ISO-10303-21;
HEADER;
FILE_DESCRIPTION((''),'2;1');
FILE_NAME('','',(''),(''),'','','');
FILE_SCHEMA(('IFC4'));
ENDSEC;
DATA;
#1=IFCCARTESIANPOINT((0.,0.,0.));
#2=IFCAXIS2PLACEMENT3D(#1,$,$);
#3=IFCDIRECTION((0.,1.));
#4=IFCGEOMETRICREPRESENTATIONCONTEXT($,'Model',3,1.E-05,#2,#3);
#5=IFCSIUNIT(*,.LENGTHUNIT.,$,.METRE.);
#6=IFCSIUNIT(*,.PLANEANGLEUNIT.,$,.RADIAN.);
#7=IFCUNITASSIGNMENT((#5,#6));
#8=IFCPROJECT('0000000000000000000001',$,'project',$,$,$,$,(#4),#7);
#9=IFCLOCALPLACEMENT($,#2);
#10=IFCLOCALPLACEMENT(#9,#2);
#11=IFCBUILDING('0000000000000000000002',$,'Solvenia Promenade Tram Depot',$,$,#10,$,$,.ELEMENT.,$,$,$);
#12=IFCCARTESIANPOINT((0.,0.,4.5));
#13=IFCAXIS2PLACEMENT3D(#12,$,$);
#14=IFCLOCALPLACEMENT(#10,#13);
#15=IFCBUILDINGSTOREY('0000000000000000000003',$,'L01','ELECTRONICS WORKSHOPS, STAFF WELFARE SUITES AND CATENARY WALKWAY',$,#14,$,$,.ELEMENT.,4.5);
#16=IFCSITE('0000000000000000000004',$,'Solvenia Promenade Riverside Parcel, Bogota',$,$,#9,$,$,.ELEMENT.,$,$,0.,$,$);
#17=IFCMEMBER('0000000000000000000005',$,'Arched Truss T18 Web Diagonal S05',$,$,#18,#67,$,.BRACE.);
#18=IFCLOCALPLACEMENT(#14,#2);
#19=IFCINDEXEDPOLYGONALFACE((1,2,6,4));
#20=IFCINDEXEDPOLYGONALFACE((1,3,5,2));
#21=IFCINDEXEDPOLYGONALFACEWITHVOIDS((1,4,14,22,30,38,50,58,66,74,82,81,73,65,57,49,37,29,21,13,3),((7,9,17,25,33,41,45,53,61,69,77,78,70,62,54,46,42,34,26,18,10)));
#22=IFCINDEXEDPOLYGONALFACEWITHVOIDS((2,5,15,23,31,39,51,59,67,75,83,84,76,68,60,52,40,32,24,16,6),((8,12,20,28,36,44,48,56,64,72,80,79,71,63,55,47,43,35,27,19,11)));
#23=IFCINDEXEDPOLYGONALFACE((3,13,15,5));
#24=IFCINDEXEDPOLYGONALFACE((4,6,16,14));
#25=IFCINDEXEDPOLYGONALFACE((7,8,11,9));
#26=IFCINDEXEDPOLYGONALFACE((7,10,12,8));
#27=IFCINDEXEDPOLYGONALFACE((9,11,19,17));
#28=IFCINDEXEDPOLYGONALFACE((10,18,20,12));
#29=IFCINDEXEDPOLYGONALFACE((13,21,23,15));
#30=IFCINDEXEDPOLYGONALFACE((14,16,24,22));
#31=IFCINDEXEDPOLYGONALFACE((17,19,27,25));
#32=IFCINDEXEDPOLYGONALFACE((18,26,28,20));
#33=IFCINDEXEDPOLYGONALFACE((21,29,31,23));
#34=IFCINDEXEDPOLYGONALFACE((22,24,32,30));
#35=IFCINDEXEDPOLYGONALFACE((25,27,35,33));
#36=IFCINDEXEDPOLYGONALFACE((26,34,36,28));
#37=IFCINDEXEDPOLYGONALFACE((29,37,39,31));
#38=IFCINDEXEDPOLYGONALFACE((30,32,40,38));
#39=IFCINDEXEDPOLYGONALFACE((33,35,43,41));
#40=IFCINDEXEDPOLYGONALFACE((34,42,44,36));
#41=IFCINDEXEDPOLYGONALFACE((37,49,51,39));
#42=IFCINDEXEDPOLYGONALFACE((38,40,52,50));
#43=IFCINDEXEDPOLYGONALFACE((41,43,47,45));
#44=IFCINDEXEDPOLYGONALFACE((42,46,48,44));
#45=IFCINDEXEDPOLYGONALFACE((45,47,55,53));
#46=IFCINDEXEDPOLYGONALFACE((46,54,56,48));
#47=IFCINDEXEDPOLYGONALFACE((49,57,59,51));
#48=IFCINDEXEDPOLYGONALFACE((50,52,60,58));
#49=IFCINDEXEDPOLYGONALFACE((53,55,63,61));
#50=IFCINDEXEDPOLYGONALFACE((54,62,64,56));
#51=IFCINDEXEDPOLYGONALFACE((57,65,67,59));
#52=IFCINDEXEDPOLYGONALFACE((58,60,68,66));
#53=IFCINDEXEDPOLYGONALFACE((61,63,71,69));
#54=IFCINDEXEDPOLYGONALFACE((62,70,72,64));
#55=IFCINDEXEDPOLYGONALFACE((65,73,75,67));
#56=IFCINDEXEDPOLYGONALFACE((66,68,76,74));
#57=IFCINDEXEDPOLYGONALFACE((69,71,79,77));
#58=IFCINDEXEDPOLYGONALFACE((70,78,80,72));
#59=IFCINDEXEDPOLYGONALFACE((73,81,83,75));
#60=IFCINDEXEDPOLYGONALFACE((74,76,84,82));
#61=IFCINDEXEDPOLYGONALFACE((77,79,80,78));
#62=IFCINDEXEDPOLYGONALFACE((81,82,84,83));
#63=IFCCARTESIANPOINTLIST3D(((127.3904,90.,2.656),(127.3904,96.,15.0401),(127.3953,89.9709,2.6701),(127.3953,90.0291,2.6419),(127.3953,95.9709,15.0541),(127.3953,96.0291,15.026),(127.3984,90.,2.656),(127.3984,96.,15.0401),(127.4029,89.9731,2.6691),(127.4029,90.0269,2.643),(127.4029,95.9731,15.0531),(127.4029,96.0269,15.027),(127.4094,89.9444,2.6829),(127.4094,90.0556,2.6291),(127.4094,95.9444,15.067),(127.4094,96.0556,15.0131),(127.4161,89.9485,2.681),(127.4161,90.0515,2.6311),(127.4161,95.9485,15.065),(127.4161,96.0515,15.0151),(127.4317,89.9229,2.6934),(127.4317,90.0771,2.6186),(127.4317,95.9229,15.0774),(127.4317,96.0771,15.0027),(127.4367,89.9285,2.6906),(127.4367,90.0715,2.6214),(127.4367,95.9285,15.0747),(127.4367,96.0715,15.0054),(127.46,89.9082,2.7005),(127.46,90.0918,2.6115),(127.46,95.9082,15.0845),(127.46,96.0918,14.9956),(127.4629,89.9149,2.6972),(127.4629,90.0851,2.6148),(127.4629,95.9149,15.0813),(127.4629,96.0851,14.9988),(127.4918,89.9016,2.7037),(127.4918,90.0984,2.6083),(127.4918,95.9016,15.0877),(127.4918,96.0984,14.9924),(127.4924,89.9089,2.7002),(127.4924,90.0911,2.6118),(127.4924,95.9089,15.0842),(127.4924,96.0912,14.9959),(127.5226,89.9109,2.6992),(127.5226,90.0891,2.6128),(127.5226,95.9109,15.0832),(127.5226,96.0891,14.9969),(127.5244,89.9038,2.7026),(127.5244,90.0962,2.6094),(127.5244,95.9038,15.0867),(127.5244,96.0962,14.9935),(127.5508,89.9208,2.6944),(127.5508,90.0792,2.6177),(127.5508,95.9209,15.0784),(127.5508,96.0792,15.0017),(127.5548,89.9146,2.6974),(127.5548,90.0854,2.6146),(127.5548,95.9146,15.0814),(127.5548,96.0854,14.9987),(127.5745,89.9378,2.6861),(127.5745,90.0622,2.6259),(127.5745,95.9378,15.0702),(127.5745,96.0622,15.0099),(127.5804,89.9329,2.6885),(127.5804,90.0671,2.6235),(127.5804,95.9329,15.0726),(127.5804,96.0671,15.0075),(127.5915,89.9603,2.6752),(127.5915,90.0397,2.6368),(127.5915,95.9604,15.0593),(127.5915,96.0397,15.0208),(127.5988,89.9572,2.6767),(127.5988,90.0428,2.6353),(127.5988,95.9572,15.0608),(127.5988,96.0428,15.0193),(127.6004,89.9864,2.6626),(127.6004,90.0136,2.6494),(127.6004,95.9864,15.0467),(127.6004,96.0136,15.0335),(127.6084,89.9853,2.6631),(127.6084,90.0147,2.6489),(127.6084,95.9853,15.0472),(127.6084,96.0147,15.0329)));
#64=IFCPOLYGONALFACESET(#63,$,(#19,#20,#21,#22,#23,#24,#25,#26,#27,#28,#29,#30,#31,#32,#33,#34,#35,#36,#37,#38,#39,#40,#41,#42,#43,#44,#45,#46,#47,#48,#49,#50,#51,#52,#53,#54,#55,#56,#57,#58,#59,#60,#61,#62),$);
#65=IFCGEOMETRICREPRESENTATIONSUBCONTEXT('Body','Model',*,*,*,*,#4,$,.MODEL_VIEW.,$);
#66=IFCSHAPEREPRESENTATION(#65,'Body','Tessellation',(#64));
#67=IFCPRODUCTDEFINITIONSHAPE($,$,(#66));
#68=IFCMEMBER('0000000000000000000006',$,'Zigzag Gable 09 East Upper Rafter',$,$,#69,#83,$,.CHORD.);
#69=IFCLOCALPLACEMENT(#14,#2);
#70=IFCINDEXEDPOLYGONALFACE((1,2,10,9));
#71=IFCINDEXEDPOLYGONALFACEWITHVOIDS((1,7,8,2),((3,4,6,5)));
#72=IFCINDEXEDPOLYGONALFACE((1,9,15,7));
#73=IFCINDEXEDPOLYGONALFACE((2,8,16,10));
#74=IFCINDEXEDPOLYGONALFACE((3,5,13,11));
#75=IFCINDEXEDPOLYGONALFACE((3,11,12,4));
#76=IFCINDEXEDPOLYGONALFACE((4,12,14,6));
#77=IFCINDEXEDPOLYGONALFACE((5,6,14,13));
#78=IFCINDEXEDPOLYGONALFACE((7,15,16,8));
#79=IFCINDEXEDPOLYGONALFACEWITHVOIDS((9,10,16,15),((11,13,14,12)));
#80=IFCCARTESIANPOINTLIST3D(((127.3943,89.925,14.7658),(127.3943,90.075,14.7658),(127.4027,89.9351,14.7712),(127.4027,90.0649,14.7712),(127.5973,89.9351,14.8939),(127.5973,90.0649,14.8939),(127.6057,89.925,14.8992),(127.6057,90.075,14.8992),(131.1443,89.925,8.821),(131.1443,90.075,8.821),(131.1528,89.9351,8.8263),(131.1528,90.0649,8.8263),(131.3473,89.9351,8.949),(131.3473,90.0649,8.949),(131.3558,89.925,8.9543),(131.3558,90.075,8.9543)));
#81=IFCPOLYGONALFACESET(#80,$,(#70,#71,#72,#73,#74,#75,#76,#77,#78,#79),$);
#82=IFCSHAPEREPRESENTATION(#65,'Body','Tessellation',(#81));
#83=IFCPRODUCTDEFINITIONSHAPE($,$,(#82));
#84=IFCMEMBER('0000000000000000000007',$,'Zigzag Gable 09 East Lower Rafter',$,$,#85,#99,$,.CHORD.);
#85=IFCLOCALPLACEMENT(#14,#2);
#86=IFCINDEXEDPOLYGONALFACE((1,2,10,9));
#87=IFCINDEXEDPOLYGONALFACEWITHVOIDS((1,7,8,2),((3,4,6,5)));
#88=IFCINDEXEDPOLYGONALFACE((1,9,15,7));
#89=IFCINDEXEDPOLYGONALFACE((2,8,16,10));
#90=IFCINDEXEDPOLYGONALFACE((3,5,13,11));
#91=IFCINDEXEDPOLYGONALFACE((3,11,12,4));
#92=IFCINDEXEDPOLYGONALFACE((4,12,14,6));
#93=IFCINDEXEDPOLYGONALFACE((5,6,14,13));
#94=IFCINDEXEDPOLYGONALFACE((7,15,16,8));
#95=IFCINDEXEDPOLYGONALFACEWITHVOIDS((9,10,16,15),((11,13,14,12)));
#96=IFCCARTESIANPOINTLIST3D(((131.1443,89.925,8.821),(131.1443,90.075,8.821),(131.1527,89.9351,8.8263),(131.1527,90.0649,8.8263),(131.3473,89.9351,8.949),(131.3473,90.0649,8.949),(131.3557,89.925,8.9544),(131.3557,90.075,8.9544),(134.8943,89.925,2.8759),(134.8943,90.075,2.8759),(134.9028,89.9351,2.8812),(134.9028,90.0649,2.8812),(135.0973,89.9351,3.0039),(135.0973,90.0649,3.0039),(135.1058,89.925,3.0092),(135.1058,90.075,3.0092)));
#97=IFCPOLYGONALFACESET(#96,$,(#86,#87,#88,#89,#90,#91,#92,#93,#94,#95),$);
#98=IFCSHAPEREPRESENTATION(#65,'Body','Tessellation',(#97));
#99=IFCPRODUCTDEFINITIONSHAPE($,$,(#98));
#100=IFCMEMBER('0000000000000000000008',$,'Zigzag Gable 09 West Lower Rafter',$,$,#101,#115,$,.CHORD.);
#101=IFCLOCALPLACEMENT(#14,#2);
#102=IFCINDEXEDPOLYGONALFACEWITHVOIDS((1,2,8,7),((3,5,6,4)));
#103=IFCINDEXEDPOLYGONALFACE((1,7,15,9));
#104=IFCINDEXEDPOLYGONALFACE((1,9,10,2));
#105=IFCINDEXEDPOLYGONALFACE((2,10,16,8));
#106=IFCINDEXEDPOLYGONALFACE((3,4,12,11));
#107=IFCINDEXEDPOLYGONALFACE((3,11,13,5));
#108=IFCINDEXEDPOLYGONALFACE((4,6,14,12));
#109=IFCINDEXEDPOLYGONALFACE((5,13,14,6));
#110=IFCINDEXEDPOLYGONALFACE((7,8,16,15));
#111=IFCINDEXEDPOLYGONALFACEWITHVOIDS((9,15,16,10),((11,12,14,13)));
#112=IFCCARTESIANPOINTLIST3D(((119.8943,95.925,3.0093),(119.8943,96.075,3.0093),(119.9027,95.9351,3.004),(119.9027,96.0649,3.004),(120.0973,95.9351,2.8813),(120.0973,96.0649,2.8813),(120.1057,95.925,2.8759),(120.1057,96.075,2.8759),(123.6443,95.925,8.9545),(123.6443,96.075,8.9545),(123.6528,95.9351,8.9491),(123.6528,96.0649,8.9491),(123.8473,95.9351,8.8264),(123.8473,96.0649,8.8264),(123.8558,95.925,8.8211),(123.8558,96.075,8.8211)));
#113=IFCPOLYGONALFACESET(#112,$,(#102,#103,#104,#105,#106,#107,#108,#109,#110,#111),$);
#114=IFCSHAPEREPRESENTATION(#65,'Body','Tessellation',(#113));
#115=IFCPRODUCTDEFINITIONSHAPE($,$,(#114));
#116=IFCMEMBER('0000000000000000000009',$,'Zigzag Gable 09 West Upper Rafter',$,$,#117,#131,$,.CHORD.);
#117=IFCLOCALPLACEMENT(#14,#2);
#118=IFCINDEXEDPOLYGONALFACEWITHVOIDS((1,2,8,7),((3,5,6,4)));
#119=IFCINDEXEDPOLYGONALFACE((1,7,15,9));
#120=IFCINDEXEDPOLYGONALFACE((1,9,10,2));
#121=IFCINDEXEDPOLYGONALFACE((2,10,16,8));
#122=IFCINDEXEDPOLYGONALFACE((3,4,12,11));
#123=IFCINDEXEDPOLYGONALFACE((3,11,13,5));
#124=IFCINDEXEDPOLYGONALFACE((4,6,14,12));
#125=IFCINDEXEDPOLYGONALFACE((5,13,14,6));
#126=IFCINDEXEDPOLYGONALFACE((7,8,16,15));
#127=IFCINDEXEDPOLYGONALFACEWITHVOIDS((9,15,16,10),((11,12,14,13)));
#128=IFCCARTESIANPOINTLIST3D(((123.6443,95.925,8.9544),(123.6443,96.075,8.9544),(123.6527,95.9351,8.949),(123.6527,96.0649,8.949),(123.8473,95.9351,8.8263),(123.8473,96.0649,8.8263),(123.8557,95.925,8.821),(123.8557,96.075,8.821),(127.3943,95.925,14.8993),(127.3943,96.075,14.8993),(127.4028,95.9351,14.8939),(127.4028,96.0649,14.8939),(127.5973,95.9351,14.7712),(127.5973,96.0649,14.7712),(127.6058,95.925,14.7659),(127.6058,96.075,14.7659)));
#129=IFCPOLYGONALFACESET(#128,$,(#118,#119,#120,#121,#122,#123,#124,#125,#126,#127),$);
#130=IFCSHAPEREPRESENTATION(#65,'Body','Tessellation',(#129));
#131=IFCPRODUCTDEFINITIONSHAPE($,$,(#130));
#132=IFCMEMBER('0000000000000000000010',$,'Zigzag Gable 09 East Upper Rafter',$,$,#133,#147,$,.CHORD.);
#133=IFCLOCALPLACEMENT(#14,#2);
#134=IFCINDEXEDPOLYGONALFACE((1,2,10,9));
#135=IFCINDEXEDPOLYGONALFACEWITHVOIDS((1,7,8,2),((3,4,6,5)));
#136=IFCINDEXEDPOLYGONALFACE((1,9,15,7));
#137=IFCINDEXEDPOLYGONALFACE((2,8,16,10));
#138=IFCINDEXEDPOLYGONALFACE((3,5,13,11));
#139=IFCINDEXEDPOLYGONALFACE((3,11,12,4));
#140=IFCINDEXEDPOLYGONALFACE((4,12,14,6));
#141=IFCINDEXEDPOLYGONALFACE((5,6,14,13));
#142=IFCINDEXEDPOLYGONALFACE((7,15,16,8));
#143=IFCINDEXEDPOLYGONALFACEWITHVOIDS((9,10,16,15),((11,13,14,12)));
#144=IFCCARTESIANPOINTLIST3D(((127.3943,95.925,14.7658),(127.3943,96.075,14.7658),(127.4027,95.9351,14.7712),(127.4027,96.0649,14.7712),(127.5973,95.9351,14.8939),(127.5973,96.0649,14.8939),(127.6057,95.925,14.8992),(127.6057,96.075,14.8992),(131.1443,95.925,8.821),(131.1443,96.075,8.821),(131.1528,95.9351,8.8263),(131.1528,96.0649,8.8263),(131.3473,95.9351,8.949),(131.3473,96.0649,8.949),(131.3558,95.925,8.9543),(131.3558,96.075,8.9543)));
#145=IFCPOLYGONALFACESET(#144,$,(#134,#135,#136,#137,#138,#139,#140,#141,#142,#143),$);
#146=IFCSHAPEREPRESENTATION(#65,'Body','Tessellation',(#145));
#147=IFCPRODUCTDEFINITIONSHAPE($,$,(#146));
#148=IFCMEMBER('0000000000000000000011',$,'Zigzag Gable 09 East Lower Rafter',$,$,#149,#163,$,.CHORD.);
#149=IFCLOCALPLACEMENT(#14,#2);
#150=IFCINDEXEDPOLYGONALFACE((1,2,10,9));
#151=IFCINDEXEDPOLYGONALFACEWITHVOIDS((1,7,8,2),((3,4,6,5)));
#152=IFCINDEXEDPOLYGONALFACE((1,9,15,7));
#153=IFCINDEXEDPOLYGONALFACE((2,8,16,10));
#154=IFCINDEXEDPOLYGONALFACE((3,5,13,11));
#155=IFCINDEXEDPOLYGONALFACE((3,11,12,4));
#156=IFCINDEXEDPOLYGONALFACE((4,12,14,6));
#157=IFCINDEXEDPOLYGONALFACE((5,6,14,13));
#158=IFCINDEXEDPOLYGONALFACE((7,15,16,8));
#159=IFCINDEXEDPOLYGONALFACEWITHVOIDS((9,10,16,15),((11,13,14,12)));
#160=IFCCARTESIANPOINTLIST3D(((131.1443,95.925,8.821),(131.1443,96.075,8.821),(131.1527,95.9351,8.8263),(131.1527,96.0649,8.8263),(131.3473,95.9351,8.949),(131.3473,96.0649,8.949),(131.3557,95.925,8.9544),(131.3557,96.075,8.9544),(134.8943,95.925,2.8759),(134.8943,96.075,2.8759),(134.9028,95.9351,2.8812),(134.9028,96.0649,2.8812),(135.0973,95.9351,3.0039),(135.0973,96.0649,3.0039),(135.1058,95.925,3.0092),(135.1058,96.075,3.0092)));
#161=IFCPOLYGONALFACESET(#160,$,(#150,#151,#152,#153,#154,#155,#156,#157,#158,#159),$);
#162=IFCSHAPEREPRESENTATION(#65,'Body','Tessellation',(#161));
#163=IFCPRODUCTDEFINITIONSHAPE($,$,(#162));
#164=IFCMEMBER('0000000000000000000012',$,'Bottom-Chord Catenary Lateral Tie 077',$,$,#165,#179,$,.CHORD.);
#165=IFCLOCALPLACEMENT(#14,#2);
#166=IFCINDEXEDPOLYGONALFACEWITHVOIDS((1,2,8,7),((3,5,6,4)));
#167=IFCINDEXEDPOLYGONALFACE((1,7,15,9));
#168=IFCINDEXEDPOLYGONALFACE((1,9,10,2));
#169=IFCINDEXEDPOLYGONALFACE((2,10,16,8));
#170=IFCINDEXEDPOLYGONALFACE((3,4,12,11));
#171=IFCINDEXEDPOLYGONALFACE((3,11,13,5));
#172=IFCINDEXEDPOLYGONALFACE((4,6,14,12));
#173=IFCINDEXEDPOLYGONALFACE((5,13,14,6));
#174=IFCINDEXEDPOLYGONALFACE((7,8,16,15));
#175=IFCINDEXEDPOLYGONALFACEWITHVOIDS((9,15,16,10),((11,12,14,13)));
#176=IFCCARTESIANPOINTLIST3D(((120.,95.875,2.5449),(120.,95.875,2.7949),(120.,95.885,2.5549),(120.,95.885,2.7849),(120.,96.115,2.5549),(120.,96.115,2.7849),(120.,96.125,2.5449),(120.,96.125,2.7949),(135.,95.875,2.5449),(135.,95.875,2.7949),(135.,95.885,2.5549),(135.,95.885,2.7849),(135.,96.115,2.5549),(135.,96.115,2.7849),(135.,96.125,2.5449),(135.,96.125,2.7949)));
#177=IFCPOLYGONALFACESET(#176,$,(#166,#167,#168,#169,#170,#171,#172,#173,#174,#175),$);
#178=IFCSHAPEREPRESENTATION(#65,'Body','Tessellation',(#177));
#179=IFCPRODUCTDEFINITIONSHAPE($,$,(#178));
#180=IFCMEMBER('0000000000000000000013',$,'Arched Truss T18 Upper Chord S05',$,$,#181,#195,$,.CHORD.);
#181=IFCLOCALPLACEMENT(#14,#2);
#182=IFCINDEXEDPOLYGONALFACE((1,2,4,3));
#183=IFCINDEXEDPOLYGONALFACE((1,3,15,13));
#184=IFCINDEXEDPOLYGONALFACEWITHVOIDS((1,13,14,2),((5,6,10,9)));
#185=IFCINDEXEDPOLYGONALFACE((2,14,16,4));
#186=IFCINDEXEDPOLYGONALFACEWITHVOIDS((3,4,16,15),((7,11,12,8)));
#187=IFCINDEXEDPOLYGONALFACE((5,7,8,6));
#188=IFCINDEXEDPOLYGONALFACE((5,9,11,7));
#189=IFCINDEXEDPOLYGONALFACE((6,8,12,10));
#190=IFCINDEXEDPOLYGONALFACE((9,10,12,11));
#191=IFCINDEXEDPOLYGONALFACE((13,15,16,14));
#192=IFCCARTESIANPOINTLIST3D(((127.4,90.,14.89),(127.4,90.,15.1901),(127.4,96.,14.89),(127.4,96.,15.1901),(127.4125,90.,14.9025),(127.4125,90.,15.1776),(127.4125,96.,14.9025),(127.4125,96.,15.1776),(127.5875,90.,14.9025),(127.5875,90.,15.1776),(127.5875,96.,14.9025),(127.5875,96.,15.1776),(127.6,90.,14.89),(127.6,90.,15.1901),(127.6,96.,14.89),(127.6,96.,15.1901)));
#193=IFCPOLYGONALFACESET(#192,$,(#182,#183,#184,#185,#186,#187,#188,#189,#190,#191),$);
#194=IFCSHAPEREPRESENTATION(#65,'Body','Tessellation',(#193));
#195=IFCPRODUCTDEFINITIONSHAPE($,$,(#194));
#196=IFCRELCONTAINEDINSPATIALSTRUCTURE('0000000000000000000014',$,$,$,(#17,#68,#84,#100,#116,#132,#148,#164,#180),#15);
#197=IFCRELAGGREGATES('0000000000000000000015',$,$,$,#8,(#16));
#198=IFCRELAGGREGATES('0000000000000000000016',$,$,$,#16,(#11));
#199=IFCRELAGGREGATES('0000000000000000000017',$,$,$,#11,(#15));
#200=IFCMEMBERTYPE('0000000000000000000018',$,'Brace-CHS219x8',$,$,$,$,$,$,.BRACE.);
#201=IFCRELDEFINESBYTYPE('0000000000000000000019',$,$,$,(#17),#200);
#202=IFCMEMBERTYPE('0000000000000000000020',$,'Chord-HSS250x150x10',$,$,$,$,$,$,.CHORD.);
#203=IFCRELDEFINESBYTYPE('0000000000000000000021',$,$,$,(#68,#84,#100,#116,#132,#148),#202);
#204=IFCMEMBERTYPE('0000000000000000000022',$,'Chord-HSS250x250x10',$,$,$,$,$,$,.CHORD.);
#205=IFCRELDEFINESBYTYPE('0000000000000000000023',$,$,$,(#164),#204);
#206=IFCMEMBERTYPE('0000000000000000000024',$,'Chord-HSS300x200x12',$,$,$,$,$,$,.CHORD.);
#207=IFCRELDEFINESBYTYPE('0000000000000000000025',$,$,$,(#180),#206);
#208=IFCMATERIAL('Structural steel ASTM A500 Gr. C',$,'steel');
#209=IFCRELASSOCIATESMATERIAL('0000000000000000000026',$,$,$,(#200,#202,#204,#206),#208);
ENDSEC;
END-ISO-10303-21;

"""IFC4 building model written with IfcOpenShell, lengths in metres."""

from ifc_helpers import new_model, si_unit, direction, frame, origin, origin_2d, place, context, subcontext, project, spatial, hollow_rectangle, hollow_circle, extrude, material, material_profile, profile_set, type_object, element, save


model = new_model("IFC4")

# Units and contexts
model_context = context("Model", 3, precision=1e-05, world=origin(), true_north=direction((0.0, 1.0)))
body_context = subcontext(model_context, "Body", "Model", "MODEL_VIEW")
ifc_project = project(units=[si_unit("LENGTHUNIT", "METRE"), si_unit("PLANEANGLEUNIT", "RADIAN")], contexts=[model_context])

# Site, building, storey
site_placement = place(None, origin())
site = spatial("IfcSite", under=ifc_project, at=site_placement, Name="Solvenia Promenade Riverside Parcel, Bogota", CompositionType="ELEMENT", RefElevation=0.0)
building_placement = place(site_placement, origin())
building = spatial("IfcBuilding", under=site, at=building_placement, Name="Solvenia Promenade Tram Depot", CompositionType="ELEMENT")
storey_placement = place(building_placement, frame((0.0, 0.0, 4.5)))
storey = spatial("IfcBuildingStorey", under=building, at=storey_placement, Name="L01", Description="ELECTRONICS WORKSHOPS, STAFF WELFARE SUITES AND CATENARY WALKWAY", CompositionType="ELEMENT", Elevation=4.5)

# Members
ifc_material_1 = material(Name="Structural steel ASTM A500 Gr. C", Category="steel")
ifc_material_profile_1 = material_profile(ifc_material_1, hollow_circle(Radius=0.1096, WallThickness=0.0081, at=origin_2d()), Name="CHS219.1x8", Category="steel")
ifc_profile_set_1 = profile_set([ifc_material_profile_1], Name="Structural steel ASTM A500 Gr. C")
member_type_1 = type_object("IfcMemberType", Name="Brace-CHS219x8", PredefinedType="BRACE", material=ifc_profile_set_1)
member_1_placement = place(storey_placement, frame((127.5, 90.0, 2.656), z_axis=(0.0, 0.436016, 0.899939), x_axis=(-1.0, 0.0, 0.0)))
element("IfcMember", 1, at=member_1_placement, inside=storey, type_object=member_type_1, Name="Arched Truss T18 Web Diagonal S05", PredefinedType="BRACE", context=body_context, shape_type="SweptSolid", body=[
    extrude(hollow_circle(Radius=0.1096, WallThickness=0.0081, at=origin_2d()), origin(), (0.0, 0.0, 1.0), 13.761),
])
ifc_material_profile_2 = material_profile(ifc_material_1, hollow_rectangle(XDim=0.1499, YDim=0.25, WallThickness=0.01, at=origin_2d()), Name="HSS250x150x10", Category="steel")
ifc_profile_set_2 = profile_set([ifc_material_profile_2], Name="Structural steel ASTM A500 Gr. C")
member_type_2 = type_object("IfcMemberType", Name="Chord-HSS250x150x10", PredefinedType="CHORD", material=ifc_profile_set_2)
member_2_placement = place(storey_placement, frame((127.5, 90.0, 14.8325), z_axis=(0.533522, 0.0, -0.845786), x_axis=(0.0, 1.0, 0.0)))
element("IfcMember", 2, at=member_2_placement, inside=storey, type_object=member_type_2, Name="Zigzag Gable 09 East Upper Rafter", PredefinedType="CHORD", context=body_context, shape_type="SweptSolid", body=[
    extrude(hollow_rectangle(XDim=0.1499, YDim=0.25, WallThickness=0.01, at=origin_2d()), origin(), (0.0, 0.0, 1.0), 7.0288),
])
for number, where, z_axis, x_axis, name in (
    (3, (131.25, 90.0, 8.8877), (0.533507, 0.0, -0.845796), (0.0, 1.0, 0.0), "Zigzag Gable 09 East Lower Rafter"),
    (4, (120.0, 96.0, 2.9426), (0.533507, 0.0, 0.845796), (0.0, 1.0, 0.0), "Zigzag Gable 09 West Lower Rafter"),
):
    element("IfcMember", number, at=place(storey_placement, frame(where, z_axis=z_axis, x_axis=x_axis)), inside=storey, type_object=member_type_2, Name=name, PredefinedType="CHORD", context=body_context, shape_type="SweptSolid", body=[
        extrude(hollow_rectangle(XDim=0.1499, YDim=0.25, WallThickness=0.01, at=origin_2d()), origin(), (0.0, 0.0, 1.0), 7.0291),
    ])
for number, where, z_axis, x_axis, name in (
    (5, (123.75, 96.0, 8.8877), (0.533522, 0.0, 0.845786), (0.0, 1.0, 0.0), "Zigzag Gable 09 West Upper Rafter"),
    (6, (127.5, 96.0, 14.8325), (0.533522, 0.0, -0.845786), (0.0, 1.0, 0.0), "Zigzag Gable 09 East Upper Rafter"),
):
    element("IfcMember", number, at=place(storey_placement, frame(where, z_axis=z_axis, x_axis=x_axis)), inside=storey, type_object=member_type_2, Name=name, PredefinedType="CHORD", context=body_context, shape_type="SweptSolid", body=[
        extrude(hollow_rectangle(XDim=0.1499, YDim=0.25, WallThickness=0.01, at=origin_2d()), origin(), (0.0, 0.0, 1.0), 7.0288),
    ])
member_3_placement = place(storey_placement, frame((131.25, 96.0, 8.8877), z_axis=(0.533507, 0.0, -0.845796), x_axis=(0.0, 1.0, 0.0)))
element("IfcMember", 7, at=member_3_placement, inside=storey, type_object=member_type_2, Name="Zigzag Gable 09 East Lower Rafter", PredefinedType="CHORD", context=body_context, shape_type="SweptSolid", body=[
    extrude(hollow_rectangle(XDim=0.1499, YDim=0.25, WallThickness=0.01, at=origin_2d()), origin(), (0.0, 0.0, 1.0), 7.0291),
])
ifc_material_profile_3 = material_profile(ifc_material_1, hollow_rectangle(XDim=0.25, YDim=0.25, WallThickness=0.01, at=origin_2d()), Name="HSS250x250x10", Category="steel")
ifc_profile_set_3 = profile_set([ifc_material_profile_3], Name="Structural steel ASTM A500 Gr. C")
member_type_3 = type_object("IfcMemberType", Name="Chord-HSS250x250x10", PredefinedType="CHORD", material=ifc_profile_set_3)
member_4_placement = place(storey_placement, frame((120.0, 96.0, 2.6699), z_axis=(1.0, 0.0, 0.0), x_axis=(0.0, 1.0, 0.0)))
element("IfcMember", 8, at=member_4_placement, inside=storey, type_object=member_type_3, Name="Bottom-Chord Catenary Lateral Tie 077", PredefinedType="CHORD", context=body_context, shape_type="SweptSolid", body=[
    extrude(hollow_rectangle(XDim=0.25, YDim=0.25, WallThickness=0.01, at=origin_2d()), origin(), (0.0, 0.0, 1.0), 15.0),
])
ifc_material_profile_4 = material_profile(ifc_material_1, hollow_rectangle(XDim=0.2, YDim=0.3, WallThickness=0.0125, at=origin_2d()), Name="HSS300x200x12.5", Category="steel")
ifc_profile_set_4 = profile_set([ifc_material_profile_4], Name="Structural steel ASTM A500 Gr. C")
member_type_4 = type_object("IfcMemberType", Name="Chord-HSS300x200x12", PredefinedType="CHORD", material=ifc_profile_set_4)
for number, where, z_axis, x_axis, name in (
    (9, (127.5, 90.0, 15.04), (0.0, 1.0, 0.0), (-1.0, 0.0, 0.0), "Arched Truss T18 Upper Chord S05"),
):
    element("IfcMember", number, at=place(storey_placement, frame(where, z_axis=z_axis, x_axis=x_axis)), inside=storey, type_object=member_type_4, Name=name, PredefinedType="CHORD", context=body_context, shape_type="SweptSolid", body=[
        extrude(hollow_rectangle(XDim=0.2, YDim=0.3, WallThickness=0.0125, at=origin_2d()), origin(), (0.0, 0.0, 1.0), 6.0),
    ])

save(model, "model.ifc")
